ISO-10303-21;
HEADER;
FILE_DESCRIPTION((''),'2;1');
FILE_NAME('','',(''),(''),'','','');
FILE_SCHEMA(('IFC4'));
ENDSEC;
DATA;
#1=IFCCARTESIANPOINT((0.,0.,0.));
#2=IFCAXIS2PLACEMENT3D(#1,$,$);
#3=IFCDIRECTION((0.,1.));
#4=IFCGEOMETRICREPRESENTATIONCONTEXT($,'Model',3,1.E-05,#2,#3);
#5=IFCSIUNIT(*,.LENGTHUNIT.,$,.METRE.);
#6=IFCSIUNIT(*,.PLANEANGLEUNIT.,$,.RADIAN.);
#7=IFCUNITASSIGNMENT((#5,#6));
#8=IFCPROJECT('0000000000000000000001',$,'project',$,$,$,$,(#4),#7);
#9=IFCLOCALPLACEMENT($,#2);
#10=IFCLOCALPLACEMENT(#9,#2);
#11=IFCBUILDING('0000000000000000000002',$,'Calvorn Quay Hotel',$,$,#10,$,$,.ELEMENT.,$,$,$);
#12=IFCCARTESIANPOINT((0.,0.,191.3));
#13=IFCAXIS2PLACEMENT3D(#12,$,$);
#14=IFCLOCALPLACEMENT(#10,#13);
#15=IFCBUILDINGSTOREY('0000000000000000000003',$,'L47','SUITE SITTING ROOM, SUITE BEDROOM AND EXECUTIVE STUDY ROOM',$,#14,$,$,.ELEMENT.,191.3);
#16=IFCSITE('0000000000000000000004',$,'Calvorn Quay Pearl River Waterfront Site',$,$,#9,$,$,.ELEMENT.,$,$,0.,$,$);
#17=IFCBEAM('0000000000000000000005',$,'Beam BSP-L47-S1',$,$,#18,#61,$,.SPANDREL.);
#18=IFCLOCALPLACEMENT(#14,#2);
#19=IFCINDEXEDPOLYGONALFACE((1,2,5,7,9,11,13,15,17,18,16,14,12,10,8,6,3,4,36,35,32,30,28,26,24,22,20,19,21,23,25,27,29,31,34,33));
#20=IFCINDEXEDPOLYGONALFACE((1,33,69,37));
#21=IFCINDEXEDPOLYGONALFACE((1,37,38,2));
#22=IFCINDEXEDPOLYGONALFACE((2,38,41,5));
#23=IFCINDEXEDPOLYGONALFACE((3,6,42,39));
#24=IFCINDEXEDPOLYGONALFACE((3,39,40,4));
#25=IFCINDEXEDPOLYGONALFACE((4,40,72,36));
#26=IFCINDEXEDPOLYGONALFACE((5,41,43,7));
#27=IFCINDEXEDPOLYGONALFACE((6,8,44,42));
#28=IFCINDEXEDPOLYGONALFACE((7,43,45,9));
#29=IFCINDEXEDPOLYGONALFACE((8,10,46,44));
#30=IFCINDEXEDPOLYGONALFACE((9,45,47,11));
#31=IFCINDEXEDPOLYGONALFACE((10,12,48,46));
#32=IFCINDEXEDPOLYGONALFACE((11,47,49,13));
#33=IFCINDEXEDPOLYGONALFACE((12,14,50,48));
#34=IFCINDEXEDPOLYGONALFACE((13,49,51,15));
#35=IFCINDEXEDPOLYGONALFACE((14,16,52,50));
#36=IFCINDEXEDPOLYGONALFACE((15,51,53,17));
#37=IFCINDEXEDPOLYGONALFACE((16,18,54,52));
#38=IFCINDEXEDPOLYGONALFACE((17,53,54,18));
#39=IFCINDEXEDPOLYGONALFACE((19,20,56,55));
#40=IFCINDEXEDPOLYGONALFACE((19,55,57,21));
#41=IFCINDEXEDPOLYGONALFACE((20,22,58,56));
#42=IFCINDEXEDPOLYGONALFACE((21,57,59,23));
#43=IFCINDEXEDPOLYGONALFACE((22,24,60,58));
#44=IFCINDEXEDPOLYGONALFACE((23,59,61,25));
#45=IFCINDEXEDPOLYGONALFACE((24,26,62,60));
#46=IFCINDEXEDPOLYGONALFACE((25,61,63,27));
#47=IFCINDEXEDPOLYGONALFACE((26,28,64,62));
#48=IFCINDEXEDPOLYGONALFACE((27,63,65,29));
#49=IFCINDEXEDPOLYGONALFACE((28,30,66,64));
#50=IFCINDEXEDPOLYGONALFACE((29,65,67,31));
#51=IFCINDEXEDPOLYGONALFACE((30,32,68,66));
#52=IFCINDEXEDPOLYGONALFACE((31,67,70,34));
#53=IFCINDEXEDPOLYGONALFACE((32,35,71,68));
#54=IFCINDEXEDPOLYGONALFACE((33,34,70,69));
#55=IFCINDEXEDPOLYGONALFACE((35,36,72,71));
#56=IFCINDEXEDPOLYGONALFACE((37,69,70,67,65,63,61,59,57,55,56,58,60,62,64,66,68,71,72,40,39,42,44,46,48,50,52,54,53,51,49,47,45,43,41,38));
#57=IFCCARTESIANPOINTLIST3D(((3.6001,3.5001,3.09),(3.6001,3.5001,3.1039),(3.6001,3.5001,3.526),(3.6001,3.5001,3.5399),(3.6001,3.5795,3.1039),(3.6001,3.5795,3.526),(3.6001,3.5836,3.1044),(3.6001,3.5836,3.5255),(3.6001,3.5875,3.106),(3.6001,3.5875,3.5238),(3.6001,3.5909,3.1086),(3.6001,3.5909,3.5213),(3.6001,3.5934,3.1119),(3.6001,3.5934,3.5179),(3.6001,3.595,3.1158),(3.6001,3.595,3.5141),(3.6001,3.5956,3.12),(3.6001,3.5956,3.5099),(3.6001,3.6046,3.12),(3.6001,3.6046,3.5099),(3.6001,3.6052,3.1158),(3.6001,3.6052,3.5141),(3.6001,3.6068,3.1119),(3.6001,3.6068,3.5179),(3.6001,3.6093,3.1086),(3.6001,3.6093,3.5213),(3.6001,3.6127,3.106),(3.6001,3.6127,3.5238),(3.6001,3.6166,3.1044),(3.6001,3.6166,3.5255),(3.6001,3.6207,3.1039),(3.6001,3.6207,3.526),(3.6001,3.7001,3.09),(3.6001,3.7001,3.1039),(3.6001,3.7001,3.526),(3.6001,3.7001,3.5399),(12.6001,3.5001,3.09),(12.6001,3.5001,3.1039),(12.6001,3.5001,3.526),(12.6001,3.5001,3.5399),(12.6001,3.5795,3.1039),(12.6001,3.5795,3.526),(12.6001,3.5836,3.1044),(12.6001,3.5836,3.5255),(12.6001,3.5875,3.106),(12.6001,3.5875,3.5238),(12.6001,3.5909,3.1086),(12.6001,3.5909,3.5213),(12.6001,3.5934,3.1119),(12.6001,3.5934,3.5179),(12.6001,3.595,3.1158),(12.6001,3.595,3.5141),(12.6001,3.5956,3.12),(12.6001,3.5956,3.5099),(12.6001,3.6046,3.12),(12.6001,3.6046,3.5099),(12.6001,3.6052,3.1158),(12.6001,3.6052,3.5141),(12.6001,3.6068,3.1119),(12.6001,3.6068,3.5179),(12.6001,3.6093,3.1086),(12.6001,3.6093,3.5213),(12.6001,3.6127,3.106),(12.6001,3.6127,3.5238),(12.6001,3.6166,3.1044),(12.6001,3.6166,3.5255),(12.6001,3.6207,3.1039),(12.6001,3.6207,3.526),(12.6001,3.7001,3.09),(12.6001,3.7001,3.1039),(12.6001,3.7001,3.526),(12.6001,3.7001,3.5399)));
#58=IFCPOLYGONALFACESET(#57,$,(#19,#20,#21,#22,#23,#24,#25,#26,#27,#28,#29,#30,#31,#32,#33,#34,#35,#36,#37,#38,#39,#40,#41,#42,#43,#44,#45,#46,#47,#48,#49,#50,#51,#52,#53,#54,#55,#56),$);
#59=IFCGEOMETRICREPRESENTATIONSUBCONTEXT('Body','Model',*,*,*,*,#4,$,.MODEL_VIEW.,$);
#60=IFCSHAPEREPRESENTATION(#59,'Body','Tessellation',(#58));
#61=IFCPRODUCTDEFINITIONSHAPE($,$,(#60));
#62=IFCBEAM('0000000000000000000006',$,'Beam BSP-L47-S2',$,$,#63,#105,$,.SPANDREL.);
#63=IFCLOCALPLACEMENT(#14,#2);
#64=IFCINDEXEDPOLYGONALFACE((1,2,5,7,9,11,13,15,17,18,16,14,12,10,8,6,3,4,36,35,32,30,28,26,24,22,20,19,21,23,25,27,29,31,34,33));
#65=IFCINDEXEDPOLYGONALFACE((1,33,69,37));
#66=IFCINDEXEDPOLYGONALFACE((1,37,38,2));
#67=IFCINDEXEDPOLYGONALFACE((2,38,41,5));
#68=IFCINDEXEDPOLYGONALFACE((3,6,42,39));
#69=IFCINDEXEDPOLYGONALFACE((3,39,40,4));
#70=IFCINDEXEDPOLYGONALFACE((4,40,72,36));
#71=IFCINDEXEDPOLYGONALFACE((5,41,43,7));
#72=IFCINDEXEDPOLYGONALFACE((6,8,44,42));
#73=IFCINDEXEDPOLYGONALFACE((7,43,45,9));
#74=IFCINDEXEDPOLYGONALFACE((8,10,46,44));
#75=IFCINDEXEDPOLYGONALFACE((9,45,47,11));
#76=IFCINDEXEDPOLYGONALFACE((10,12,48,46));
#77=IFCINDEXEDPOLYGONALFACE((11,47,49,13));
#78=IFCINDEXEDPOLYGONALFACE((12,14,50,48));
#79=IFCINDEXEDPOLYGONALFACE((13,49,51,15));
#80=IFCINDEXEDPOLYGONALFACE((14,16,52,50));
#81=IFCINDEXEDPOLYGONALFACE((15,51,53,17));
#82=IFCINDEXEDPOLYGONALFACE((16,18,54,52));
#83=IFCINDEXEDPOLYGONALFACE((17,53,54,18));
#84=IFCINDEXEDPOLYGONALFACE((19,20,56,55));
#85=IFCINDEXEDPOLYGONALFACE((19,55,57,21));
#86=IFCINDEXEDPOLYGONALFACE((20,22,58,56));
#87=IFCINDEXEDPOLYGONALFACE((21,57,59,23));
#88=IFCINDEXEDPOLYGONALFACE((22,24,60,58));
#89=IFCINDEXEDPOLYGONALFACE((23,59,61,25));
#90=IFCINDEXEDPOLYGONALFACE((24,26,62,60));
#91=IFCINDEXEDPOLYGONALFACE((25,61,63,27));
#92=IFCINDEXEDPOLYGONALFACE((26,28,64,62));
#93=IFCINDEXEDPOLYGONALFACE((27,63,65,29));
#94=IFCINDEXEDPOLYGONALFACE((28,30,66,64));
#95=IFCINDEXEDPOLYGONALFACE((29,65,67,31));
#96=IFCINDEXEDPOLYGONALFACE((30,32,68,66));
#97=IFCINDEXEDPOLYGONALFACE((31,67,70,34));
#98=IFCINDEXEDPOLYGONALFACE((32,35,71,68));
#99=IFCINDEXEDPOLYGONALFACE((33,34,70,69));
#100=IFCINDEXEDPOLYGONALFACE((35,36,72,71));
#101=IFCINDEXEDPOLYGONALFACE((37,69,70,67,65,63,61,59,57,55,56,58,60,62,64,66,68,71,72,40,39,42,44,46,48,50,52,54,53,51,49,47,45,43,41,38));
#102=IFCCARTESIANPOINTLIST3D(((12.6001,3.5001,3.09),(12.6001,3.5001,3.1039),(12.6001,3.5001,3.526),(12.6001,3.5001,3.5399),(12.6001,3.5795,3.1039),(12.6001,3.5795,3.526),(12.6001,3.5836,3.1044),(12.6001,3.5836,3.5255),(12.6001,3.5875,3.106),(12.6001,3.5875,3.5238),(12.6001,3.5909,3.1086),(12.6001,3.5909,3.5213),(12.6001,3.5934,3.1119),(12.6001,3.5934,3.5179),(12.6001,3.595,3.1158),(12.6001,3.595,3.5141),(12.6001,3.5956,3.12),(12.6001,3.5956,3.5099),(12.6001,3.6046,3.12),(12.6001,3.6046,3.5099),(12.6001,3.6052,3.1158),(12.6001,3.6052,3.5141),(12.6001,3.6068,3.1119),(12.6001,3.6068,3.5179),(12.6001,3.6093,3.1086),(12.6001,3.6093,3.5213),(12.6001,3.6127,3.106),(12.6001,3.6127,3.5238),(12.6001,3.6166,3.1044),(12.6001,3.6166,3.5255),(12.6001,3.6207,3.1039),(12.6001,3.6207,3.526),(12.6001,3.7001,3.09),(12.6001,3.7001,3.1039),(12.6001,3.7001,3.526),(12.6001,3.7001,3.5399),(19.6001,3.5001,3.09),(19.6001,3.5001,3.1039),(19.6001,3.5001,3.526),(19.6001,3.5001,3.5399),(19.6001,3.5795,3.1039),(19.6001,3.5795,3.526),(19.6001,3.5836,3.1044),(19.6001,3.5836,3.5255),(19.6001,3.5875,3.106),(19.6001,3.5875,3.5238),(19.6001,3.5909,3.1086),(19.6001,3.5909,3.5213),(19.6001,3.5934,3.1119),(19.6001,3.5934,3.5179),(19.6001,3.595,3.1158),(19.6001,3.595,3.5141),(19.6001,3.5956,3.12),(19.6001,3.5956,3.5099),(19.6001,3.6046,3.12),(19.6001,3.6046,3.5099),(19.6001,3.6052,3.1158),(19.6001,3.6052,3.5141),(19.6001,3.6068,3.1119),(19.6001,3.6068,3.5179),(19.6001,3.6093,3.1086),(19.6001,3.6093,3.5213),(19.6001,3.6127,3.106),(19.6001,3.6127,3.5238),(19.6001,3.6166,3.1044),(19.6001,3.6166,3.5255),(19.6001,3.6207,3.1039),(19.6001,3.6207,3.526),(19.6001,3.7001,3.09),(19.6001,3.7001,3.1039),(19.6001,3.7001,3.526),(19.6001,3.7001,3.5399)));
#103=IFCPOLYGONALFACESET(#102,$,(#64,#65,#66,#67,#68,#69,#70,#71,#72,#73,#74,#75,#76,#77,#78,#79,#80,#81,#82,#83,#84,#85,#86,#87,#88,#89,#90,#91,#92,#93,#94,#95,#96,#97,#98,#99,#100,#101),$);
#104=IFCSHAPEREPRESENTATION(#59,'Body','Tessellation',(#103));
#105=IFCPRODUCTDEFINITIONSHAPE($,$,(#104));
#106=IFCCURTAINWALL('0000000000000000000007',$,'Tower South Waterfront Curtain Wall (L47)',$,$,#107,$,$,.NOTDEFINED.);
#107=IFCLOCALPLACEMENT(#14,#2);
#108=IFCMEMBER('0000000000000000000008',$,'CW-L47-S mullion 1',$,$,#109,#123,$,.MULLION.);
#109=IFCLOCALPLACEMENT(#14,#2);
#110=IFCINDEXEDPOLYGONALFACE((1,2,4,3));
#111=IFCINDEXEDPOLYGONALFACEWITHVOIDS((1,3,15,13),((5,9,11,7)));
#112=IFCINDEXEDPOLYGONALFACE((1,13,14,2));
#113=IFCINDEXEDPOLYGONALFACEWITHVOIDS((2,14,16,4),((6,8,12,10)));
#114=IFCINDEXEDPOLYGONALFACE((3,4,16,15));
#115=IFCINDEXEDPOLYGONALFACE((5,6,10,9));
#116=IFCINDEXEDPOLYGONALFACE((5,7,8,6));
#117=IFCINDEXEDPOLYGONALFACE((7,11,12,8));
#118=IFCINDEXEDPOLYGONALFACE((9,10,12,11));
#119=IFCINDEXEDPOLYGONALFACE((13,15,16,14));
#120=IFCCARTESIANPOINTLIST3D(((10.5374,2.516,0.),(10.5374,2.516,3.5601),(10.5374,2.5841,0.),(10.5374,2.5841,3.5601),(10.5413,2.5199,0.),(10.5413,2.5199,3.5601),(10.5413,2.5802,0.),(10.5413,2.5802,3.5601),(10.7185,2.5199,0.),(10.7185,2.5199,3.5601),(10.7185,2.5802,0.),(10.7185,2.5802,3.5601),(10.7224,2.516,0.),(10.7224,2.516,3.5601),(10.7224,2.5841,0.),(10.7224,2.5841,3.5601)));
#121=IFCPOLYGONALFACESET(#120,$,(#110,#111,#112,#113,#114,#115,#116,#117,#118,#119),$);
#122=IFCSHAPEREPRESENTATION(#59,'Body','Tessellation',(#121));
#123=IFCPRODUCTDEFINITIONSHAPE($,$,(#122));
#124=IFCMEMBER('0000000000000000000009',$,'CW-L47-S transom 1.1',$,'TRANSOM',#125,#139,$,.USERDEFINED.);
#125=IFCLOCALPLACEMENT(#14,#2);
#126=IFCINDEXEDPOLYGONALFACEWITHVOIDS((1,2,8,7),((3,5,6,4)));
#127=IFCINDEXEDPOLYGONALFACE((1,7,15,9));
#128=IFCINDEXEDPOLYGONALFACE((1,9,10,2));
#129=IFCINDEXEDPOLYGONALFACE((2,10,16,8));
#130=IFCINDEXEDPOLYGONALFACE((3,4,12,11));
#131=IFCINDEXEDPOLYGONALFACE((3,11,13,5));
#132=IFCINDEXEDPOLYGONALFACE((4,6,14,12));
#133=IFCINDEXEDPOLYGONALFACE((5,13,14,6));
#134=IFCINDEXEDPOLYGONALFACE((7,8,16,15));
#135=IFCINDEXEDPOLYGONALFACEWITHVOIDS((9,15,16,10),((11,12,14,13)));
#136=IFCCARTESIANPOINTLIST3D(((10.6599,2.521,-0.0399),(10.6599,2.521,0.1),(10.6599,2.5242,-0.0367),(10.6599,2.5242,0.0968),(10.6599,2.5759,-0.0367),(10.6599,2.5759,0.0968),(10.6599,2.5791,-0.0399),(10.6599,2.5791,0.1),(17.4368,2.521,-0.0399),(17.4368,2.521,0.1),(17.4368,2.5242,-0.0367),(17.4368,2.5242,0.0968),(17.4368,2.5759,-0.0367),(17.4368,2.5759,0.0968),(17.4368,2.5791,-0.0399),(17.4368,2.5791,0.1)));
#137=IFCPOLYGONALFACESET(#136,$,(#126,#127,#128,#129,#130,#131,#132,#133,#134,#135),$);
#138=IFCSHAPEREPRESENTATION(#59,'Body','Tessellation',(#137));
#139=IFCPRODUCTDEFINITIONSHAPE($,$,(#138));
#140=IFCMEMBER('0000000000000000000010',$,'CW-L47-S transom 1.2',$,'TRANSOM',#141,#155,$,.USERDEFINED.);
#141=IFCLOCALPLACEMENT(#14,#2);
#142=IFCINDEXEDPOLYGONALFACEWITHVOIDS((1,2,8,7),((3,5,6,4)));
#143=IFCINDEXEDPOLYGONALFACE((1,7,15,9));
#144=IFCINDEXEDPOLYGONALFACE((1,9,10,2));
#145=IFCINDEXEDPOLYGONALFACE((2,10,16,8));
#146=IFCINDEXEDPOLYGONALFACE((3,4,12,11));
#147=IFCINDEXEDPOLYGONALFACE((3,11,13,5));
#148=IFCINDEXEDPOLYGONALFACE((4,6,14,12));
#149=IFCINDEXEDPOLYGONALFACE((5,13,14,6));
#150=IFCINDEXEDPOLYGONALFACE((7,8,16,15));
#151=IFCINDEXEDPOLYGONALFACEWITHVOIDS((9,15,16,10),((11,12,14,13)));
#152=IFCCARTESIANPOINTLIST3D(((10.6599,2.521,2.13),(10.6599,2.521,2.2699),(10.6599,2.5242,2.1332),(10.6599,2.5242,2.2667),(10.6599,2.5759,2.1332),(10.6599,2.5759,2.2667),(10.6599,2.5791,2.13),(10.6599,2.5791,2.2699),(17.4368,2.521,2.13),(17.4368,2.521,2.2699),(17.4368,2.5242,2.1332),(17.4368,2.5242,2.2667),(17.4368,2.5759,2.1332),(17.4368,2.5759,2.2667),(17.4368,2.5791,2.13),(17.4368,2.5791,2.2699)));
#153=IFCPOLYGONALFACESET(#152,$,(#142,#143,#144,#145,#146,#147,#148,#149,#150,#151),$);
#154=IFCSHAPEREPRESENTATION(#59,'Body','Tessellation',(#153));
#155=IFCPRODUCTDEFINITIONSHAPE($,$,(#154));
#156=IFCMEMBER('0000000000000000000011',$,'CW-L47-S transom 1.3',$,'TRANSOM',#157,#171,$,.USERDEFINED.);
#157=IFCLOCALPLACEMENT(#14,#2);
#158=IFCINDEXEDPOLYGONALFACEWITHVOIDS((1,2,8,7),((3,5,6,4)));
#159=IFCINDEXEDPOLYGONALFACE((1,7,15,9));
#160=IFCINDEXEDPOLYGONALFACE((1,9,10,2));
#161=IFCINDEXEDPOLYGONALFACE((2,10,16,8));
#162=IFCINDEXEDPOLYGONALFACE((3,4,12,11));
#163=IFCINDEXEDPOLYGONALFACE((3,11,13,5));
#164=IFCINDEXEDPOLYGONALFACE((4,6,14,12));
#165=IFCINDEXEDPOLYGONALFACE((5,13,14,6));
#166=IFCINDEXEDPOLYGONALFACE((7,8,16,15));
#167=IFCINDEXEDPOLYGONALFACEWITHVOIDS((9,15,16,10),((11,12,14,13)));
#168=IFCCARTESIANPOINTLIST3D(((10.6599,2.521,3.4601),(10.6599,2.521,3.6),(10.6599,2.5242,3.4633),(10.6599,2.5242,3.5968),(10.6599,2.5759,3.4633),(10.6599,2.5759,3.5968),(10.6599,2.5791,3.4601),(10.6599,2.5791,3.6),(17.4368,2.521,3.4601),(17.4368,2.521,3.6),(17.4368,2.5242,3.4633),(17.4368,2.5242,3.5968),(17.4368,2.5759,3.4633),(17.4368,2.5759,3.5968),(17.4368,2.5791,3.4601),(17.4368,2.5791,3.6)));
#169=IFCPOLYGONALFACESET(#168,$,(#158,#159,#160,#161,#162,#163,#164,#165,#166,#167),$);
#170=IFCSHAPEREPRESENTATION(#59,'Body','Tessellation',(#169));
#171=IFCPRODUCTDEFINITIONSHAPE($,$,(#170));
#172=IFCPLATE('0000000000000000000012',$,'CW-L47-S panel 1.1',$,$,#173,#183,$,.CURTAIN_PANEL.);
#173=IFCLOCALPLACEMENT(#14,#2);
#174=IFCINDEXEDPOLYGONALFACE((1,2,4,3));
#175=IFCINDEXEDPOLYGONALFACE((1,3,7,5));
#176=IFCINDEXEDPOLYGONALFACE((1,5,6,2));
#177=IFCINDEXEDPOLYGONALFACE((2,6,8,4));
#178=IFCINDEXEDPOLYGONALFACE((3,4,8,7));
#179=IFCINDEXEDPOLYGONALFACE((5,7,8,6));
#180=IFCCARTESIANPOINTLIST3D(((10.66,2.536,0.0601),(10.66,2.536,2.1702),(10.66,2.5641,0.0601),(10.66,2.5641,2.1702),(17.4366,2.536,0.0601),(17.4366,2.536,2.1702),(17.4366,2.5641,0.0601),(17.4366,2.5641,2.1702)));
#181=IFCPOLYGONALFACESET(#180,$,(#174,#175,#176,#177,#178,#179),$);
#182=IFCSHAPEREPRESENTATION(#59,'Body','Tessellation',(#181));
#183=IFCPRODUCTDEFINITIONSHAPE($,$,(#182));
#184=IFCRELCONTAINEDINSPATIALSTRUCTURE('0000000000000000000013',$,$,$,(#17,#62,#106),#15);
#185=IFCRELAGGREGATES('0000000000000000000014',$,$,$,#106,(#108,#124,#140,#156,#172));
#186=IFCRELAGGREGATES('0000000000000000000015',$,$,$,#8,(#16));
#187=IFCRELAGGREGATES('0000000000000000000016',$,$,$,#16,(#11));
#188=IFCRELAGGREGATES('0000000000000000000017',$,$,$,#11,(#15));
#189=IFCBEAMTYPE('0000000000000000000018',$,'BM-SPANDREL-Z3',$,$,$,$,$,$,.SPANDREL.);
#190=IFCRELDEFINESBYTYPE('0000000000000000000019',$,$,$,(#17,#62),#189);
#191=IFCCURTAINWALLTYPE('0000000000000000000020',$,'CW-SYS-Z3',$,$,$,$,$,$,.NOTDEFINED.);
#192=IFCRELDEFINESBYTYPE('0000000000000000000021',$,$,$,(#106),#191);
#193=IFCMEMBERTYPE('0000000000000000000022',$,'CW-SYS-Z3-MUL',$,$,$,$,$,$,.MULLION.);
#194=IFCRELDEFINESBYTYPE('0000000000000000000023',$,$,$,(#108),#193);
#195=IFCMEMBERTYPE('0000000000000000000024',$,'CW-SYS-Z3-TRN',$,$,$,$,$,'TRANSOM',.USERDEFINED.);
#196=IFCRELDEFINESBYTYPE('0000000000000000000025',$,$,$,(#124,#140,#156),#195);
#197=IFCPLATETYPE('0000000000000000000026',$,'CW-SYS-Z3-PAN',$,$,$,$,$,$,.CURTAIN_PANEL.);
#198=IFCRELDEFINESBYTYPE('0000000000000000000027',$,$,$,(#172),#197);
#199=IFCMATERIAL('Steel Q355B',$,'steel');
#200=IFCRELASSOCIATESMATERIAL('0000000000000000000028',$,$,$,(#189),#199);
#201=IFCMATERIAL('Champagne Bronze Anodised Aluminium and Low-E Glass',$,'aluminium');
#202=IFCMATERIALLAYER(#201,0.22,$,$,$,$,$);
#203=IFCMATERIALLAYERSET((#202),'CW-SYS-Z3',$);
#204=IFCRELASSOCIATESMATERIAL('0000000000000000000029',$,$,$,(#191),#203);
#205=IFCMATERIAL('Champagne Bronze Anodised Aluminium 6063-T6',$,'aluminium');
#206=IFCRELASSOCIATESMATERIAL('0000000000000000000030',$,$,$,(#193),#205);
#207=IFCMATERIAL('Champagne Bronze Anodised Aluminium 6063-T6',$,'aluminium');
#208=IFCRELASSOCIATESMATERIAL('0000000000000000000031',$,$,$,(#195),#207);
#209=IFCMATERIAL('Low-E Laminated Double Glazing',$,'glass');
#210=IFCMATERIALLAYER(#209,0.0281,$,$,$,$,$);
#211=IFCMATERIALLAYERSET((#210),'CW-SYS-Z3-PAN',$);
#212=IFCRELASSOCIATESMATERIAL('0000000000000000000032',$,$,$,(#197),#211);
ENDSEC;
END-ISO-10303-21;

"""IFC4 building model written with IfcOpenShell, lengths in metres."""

from ifc_helpers import new_model, si_unit, direction, frame, origin, origin_2d, place, context, subcontext, project, spatial, rectangle, hollow_rectangle, i_section, extrude, material, layer, layer_set, material_profile, profile_set, type_object, element, aggregate, save


model = new_model("IFC4")

# Units and contexts
model_context = context("Model", 3, precision=1e-05, world=origin(), true_north=direction((0.0, 1.0)))
body_context = subcontext(model_context, "Body", "Model", "MODEL_VIEW")
ifc_project = project(units=[si_unit("LENGTHUNIT", "METRE"), si_unit("PLANEANGLEUNIT", "RADIAN")], contexts=[model_context])

# Site, building, storey
site_placement = place(None, origin())
site = spatial("IfcSite", under=ifc_project, at=site_placement, Name="Calvorn Quay Pearl River Waterfront Site", CompositionType="ELEMENT", RefElevation=0.0)
building_placement = place(site_placement, origin())
building = spatial("IfcBuilding", under=site, at=building_placement, Name="Calvorn Quay Hotel", CompositionType="ELEMENT")
storey_placement = place(building_placement, frame((0.0, 0.0, 191.3)))
storey = spatial("IfcBuildingStorey", under=building, at=storey_placement, Name="L47", Description="SUITE SITTING ROOM, SUITE BEDROOM AND EXECUTIVE STUDY ROOM", CompositionType="ELEMENT", Elevation=191.3)

# Beams
ifc_material_1 = material(Name="Steel Q355B", Category="steel")
ifc_material_profile_1 = material_profile(ifc_material_1, i_section(OverallWidth=0.2, OverallDepth=0.45, WebThickness=0.009, FlangeThickness=0.0139, FilletRadius=0.0161, at=origin_2d()), Name="HN450x200x9x14")
ifc_profile_set_1 = profile_set([ifc_material_profile_1], Name="Steel Q355B")
beam_type_1 = type_object("IfcBeamType", Name="BM-SPANDREL-Z3", PredefinedType="SPANDREL", material=ifc_profile_set_1)
beam_1_placement = place(storey_placement, frame((3.6001, 3.6001, 3.3149), z_axis=(1.0, 0.0, 0.0), x_axis=(0.0, 1.0, 0.0)))
element("IfcBeam", 1, at=beam_1_placement, inside=storey, type_object=beam_type_1, Name="Beam BSP-L47-S1", PredefinedType="SPANDREL", context=body_context, shape_type="SweptSolid", body=[
    extrude(i_section(OverallWidth=0.2, OverallDepth=0.45, WebThickness=0.009, FlangeThickness=0.0139, FilletRadius=0.0161, at=origin_2d()), origin(), (0.0, 0.0, 1.0), 9.0),
])
beam_2_placement = place(storey_placement, frame((12.6001, 3.6001, 3.3149), z_axis=(1.0, 0.0, 0.0), x_axis=(0.0, 1.0, 0.0)))
element("IfcBeam", 2, at=beam_2_placement, inside=storey, type_object=beam_type_1, Name="Beam BSP-L47-S2", PredefinedType="SPANDREL", context=body_context, shape_type="SweptSolid", body=[
    extrude(i_section(OverallWidth=0.2, OverallDepth=0.45, WebThickness=0.009, FlangeThickness=0.0139, FilletRadius=0.0161, at=origin_2d()), origin(), (0.0, 0.0, 1.0), 7.0),
])

# Curtain wall, members, plate
ifc_material_2 = material(Name="Champagne Bronze Anodised Aluminium and Low-E Glass", Category="aluminium")
ifc_layer_1 = layer(ifc_material_2, 0.22)
ifc_layer_set_1 = layer_set([ifc_layer_1], Name="CW-SYS-Z3")
curtain_wall_type = type_object("IfcCurtainWallType", Name="CW-SYS-Z3", PredefinedType="NOTDEFINED", material=ifc_layer_set_1)
curtain_wall_placement = place(storey_placement, origin())
curtain_wall = element("IfcCurtainWall", 3, at=curtain_wall_placement, inside=storey, type_object=curtain_wall_type, Name="Tower South Waterfront Curtain Wall (L47)", PredefinedType="NOTDEFINED")
ifc_material_3 = material(Name="Champagne Bronze Anodised Aluminium 6063-T6", Category="aluminium")
ifc_material_profile_2 = material_profile(ifc_material_3, hollow_rectangle(XDim=0.0681, YDim=0.1851, WallThickness=0.0039, at=origin_2d()), Name="ALU-M185x68x4")
ifc_profile_set_2 = profile_set([ifc_material_profile_2], Name="Champagne Bronze Anodised Aluminium 6063-T6")
member_type_1 = type_object("IfcMemberType", Name="CW-SYS-Z3-MUL", PredefinedType="MULLION", material=ifc_profile_set_2)
member_1_placement = place(storey_placement, frame((10.6299, 2.55, 0.0), z_axis=(0.0, 0.0, 1.0), x_axis=(0.0, 1.0, 0.0)))
member_1 = element("IfcMember", 4, at=member_1_placement, type_object=member_type_1, Name="CW-L47-S mullion 1", PredefinedType="MULLION", context=body_context, shape_type="SweptSolid", body=[
    extrude(hollow_rectangle(XDim=0.0681, YDim=0.1851, WallThickness=0.0039, at=origin_2d()), origin(), (0.0, 0.0, 1.0), 3.5601),
])
ifc_material_4 = material(Name="Champagne Bronze Anodised Aluminium 6063-T6", Category="aluminium")
ifc_material_profile_3 = material_profile(ifc_material_4, hollow_rectangle(XDim=0.0581, YDim=0.1399, WallThickness=0.0032, at=origin_2d()), Name="ALU-T140x58x3.2")
ifc_profile_set_3 = profile_set([ifc_material_profile_3], Name="Champagne Bronze Anodised Aluminium 6063-T6")
member_type_2 = type_object("IfcMemberType", Name="CW-SYS-Z3-TRN", ElementType="TRANSOM", PredefinedType="USERDEFINED", material=ifc_profile_set_3)
member_2_placement = place(storey_placement, frame((10.6599, 2.55, 0.03), z_axis=(1.0, 0.0, 0.0), x_axis=(0.0, 1.0, 0.0)))
member_2 = element("IfcMember", 5, at=member_2_placement, type_object=member_type_2, Name="CW-L47-S transom 1.1", ObjectType="TRANSOM", PredefinedType="USERDEFINED", context=body_context, shape_type="SweptSolid", body=[
    extrude(hollow_rectangle(XDim=0.0581, YDim=0.1399, WallThickness=0.0032, at=origin_2d()), origin(), (0.0, 0.0, 1.0), 6.7769),
])
member_3_placement = place(storey_placement, frame((10.6599, 2.55, 2.2), z_axis=(1.0, 0.0, 0.0), x_axis=(0.0, 1.0, 0.0)))
member_3 = element("IfcMember", 6, at=member_3_placement, type_object=member_type_2, Name="CW-L47-S transom 1.2", ObjectType="TRANSOM", PredefinedType="USERDEFINED", context=body_context, shape_type="SweptSolid", body=[
    extrude(hollow_rectangle(XDim=0.0581, YDim=0.1399, WallThickness=0.0032, at=origin_2d()), origin(), (0.0, 0.0, 1.0), 6.7769),
])
member_4_placement = place(storey_placement, frame((10.6599, 2.55, 3.53), z_axis=(1.0, 0.0, 0.0), x_axis=(0.0, 1.0, 0.0)))
member_4 = element("IfcMember", 7, at=member_4_placement, type_object=member_type_2, Name="CW-L47-S transom 1.3", ObjectType="TRANSOM", PredefinedType="USERDEFINED", context=body_context, shape_type="SweptSolid", body=[
    extrude(hollow_rectangle(XDim=0.0581, YDim=0.1399, WallThickness=0.0032, at=origin_2d()), origin(), (0.0, 0.0, 1.0), 6.7769),
])
ifc_material_5 = material(Name="Low-E Laminated Double Glazing", Category="glass")
ifc_layer_2 = layer(ifc_material_5, 0.0281)
ifc_layer_set_2 = layer_set([ifc_layer_2], Name="CW-SYS-Z3-PAN")
plate_type = type_object("IfcPlateType", Name="CW-SYS-Z3-PAN", PredefinedType="CURTAIN_PANEL", material=ifc_layer_set_2)
plate_1_placement = place(storey_placement, frame((14.0483, 2.55, 0.0601), z_axis=(0.0, 0.0, 1.0), x_axis=(1.0, 0.0, 0.0)))
plate_1 = element("IfcPlate", 8, at=plate_1_placement, type_object=plate_type, Name="CW-L47-S panel 1.1", PredefinedType="CURTAIN_PANEL", context=body_context, shape_type="SweptSolid", body=[
    extrude(rectangle(XDim=6.7766, YDim=0.0281, at=origin_2d()), origin(), (0.0, 0.0, 1.0), 2.1101),
])
aggregate(curtain_wall, [member_1, member_2, member_3, member_4, plate_1])

save(model, "model.ifc")
